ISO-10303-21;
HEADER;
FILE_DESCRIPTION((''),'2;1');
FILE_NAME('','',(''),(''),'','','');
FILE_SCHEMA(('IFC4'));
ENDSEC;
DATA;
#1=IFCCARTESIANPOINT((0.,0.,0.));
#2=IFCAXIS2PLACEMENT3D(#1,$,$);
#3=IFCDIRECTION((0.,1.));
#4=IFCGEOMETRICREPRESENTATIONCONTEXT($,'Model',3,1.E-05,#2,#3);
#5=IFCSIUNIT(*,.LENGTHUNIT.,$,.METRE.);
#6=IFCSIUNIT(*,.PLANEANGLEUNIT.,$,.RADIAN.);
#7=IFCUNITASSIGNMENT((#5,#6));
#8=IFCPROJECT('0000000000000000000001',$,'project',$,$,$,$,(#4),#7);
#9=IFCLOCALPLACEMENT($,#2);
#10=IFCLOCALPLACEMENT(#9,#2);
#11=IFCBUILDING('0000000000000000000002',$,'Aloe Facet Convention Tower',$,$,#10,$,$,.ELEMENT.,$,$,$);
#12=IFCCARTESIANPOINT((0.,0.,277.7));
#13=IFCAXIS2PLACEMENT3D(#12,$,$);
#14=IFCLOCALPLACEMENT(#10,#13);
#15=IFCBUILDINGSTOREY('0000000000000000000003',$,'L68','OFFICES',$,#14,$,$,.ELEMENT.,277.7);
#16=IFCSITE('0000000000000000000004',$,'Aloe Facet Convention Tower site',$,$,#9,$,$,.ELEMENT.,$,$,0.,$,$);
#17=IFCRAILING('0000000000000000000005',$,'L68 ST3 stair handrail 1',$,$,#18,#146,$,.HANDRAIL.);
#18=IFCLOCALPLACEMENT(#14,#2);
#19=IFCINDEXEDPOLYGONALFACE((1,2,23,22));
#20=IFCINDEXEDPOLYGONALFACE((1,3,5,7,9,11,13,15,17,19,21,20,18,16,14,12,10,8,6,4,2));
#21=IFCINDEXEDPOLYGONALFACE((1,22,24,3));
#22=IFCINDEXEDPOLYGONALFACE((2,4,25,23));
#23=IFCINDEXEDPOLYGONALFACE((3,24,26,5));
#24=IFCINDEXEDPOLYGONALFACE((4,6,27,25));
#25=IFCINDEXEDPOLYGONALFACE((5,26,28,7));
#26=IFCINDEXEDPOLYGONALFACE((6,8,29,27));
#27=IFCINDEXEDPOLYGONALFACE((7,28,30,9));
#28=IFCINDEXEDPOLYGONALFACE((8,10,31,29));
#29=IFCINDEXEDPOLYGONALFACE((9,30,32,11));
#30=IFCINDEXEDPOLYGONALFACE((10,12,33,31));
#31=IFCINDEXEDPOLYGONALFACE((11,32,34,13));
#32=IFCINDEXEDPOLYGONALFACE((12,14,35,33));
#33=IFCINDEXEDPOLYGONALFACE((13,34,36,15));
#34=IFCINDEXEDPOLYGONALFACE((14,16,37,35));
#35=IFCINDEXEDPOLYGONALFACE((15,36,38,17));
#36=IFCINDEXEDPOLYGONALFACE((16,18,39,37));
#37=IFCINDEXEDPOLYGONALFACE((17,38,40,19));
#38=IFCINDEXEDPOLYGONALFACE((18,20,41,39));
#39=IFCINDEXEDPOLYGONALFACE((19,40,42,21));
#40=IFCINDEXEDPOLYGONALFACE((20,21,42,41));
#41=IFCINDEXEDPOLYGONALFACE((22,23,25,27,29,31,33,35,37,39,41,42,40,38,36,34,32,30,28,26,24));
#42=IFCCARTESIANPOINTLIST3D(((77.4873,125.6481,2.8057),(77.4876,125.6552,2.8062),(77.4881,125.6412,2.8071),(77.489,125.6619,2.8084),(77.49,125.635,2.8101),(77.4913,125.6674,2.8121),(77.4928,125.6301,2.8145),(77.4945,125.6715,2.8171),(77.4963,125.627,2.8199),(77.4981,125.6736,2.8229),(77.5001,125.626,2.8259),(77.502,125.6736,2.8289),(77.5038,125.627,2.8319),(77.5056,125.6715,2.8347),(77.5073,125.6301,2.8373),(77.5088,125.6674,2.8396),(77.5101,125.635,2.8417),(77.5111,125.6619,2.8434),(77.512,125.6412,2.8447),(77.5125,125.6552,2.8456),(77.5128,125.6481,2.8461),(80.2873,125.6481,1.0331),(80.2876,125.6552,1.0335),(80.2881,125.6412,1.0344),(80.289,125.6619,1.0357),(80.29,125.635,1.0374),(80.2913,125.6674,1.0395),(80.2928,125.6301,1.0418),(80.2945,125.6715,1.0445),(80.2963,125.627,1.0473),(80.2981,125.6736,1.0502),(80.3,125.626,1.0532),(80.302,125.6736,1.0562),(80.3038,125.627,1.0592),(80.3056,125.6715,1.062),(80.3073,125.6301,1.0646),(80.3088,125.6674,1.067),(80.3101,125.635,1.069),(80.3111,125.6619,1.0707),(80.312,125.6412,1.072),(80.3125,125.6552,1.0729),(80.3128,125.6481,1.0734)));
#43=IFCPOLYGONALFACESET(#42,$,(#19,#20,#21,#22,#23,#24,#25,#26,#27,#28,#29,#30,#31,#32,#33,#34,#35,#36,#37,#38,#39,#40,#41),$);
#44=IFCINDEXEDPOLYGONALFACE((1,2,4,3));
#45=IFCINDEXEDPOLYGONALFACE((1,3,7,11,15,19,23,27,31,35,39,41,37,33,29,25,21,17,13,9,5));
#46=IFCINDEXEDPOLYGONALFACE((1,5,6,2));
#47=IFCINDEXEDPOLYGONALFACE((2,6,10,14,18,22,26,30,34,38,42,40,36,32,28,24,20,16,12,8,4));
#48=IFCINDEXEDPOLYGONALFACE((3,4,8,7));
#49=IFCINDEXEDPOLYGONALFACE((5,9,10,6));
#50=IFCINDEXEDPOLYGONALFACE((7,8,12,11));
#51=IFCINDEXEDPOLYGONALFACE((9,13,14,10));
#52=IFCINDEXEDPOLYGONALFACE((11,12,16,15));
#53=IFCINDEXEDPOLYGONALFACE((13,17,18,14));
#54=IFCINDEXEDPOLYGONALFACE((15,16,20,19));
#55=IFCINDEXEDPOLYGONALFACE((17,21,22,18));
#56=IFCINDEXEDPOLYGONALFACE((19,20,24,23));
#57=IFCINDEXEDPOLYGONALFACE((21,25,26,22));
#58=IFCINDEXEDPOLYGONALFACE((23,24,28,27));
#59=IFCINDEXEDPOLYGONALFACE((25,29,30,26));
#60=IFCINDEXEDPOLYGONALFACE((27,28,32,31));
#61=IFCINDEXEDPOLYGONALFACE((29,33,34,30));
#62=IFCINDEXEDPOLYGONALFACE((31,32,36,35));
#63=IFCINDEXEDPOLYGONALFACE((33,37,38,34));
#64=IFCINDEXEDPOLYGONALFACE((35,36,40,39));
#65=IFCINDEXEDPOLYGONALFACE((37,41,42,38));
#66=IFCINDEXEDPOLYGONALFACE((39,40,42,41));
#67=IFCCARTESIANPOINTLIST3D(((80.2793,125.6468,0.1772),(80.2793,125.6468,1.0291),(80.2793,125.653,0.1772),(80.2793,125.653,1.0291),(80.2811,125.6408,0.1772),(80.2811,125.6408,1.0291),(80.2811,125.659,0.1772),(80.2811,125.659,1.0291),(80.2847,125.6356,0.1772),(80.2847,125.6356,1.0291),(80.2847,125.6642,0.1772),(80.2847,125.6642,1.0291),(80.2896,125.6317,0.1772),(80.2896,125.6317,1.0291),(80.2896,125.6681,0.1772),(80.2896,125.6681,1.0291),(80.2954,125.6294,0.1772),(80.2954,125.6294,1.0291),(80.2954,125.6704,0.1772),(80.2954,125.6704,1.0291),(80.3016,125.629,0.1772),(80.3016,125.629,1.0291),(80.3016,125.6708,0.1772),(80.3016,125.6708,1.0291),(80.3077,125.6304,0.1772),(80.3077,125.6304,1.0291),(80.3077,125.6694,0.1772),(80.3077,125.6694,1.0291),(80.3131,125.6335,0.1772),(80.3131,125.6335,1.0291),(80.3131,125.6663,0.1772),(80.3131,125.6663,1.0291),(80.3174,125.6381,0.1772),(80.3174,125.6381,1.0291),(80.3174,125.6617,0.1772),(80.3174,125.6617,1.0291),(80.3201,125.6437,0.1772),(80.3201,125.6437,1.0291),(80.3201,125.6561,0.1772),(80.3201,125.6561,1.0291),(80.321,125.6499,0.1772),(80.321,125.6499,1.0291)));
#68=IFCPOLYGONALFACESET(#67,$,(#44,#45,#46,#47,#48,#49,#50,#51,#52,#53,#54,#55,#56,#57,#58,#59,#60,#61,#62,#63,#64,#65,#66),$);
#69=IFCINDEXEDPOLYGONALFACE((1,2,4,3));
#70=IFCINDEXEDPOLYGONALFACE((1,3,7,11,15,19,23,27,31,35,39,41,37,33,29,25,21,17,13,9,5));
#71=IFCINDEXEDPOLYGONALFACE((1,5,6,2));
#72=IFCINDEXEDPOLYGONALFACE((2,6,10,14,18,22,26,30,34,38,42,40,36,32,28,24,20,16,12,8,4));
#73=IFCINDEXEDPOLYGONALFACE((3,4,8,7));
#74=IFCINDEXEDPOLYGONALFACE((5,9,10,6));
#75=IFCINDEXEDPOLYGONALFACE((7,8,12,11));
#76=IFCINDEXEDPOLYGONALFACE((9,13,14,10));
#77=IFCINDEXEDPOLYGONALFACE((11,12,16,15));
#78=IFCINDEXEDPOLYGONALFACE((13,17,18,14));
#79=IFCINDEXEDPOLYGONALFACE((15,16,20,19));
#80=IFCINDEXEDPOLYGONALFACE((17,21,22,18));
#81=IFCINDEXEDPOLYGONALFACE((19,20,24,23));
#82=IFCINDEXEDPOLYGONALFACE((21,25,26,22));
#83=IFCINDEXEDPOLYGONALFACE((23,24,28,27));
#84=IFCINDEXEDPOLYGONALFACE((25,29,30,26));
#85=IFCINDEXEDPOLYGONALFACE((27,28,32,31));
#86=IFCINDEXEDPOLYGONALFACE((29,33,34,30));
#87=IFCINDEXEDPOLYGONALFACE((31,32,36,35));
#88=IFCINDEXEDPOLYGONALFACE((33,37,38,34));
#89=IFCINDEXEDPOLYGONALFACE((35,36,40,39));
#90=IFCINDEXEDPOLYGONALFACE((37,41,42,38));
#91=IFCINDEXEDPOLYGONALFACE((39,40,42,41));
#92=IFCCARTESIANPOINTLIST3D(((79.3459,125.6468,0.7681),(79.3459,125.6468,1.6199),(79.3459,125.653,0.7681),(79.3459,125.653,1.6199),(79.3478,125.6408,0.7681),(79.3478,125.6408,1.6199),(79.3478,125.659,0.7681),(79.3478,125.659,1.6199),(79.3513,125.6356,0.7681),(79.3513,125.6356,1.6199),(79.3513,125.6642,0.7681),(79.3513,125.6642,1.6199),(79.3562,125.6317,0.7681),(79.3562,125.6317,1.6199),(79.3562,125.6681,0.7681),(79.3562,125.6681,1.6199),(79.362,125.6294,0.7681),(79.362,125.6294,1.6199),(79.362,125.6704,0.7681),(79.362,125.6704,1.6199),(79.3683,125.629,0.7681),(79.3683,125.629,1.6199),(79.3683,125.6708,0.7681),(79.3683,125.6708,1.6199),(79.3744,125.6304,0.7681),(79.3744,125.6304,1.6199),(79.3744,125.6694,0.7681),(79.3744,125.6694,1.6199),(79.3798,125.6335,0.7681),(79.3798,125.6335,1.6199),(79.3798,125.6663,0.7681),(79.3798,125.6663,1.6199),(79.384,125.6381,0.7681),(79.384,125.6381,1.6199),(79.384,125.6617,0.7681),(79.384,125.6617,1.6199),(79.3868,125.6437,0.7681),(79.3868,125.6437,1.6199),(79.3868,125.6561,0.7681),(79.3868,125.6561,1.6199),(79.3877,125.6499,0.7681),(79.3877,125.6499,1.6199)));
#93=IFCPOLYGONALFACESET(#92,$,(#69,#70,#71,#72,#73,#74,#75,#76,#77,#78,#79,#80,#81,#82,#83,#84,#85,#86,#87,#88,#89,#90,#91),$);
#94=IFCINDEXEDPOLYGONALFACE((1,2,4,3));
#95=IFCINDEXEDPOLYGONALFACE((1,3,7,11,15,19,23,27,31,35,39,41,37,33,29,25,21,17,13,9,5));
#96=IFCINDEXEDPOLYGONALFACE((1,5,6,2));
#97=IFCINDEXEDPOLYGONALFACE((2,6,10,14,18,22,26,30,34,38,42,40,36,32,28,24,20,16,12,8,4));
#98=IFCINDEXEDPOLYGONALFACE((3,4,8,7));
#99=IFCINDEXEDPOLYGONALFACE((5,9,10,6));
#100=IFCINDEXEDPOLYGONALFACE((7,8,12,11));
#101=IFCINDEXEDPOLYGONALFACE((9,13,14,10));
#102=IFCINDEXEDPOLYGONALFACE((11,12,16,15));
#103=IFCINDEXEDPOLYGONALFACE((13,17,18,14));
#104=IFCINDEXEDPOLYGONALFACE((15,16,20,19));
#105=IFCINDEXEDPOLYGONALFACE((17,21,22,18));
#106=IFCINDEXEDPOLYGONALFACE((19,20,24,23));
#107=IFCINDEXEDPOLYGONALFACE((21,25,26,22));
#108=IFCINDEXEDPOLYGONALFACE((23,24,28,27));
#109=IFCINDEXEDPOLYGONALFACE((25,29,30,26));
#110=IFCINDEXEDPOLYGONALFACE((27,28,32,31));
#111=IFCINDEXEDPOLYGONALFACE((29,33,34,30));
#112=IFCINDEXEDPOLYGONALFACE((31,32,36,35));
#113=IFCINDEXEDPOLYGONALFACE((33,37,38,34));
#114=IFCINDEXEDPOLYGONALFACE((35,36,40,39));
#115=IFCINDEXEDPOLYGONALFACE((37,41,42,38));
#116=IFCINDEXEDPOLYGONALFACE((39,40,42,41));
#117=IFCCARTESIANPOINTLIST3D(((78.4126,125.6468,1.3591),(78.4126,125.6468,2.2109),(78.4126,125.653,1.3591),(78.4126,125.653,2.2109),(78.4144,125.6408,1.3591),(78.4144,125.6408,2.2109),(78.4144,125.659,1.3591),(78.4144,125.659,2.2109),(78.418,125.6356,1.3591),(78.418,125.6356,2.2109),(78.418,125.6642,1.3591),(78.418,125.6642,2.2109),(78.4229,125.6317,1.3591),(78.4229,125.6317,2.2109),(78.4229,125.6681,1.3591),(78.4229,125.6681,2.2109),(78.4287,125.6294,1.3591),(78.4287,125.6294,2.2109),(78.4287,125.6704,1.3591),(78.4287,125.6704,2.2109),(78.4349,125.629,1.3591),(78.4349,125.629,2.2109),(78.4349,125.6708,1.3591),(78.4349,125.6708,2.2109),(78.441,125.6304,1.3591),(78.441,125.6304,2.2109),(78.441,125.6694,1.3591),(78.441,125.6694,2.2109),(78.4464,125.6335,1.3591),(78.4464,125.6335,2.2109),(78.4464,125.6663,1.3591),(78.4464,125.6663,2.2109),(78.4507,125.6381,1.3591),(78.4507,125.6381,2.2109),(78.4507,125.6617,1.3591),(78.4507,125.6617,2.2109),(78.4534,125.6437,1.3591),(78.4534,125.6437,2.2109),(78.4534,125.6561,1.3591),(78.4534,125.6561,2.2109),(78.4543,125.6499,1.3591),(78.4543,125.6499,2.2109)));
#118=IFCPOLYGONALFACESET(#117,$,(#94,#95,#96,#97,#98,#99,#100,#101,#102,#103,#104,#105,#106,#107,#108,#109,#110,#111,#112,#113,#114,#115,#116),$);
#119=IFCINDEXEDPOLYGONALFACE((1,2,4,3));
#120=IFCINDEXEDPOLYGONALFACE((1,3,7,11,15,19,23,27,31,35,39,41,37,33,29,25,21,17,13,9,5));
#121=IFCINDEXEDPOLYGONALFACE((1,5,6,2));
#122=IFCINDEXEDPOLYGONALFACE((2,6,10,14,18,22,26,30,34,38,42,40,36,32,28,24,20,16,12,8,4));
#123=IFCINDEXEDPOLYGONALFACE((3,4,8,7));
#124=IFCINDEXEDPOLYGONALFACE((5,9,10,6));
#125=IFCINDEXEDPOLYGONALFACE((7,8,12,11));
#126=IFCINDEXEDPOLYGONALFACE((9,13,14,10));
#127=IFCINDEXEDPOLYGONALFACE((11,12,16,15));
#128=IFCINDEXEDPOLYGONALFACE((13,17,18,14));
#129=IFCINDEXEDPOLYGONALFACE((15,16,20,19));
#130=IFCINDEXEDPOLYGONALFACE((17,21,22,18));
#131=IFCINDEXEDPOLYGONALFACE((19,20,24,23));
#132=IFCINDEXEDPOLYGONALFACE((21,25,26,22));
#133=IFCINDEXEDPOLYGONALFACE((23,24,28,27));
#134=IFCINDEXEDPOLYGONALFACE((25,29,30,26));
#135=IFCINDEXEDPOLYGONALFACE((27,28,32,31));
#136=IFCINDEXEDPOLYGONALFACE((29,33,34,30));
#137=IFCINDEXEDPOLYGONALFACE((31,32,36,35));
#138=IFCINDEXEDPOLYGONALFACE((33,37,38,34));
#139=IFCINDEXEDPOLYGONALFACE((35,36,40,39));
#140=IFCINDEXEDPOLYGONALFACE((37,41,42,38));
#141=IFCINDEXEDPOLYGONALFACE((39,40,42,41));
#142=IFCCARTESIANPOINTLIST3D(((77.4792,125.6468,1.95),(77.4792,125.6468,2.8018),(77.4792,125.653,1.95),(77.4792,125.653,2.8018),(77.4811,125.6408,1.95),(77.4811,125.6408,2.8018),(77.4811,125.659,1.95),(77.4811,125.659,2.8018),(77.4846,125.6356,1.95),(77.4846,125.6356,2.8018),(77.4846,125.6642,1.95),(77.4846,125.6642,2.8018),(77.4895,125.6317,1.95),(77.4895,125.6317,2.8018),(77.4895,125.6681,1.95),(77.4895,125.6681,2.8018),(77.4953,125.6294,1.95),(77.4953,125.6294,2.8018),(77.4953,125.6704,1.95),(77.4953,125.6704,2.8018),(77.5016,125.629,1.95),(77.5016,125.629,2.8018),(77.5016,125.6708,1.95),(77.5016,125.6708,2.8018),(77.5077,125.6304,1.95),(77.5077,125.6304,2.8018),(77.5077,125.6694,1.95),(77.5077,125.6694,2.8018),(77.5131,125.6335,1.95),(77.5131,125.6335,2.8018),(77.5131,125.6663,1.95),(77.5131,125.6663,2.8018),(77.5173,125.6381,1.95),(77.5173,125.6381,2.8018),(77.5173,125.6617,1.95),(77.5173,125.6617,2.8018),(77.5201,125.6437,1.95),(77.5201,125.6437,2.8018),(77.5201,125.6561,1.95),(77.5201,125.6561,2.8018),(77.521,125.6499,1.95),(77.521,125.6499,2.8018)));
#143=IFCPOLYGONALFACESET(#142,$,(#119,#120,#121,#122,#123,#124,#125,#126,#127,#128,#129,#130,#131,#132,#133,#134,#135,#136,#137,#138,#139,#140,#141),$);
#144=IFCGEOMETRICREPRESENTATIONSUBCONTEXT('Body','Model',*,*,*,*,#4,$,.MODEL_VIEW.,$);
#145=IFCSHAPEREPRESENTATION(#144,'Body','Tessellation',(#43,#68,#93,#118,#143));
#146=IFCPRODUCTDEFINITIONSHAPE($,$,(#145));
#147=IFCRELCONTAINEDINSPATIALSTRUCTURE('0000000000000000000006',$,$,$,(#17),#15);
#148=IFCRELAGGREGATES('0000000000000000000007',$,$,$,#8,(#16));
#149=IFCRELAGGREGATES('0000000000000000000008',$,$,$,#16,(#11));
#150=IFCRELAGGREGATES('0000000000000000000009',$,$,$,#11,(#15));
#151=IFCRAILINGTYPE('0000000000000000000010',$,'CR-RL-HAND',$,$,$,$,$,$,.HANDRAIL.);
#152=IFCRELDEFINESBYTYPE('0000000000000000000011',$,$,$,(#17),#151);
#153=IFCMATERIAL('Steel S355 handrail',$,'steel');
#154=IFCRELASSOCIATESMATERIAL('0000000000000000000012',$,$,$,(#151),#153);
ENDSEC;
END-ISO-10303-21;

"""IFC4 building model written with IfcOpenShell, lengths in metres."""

from ifc_helpers import new_model, si_unit, direction, frame, origin, origin_2d, place, context, subcontext, project, spatial, circle, extrude, material, type_object, element, save


model = new_model("IFC4")

# Units and contexts
model_context = context("Model", 3, precision=1e-05, world=origin(), true_north=direction((0.0, 1.0)))
body_context = subcontext(model_context, "Body", "Model", "MODEL_VIEW")
ifc_project = project(units=[si_unit("LENGTHUNIT", "METRE"), si_unit("PLANEANGLEUNIT", "RADIAN")], contexts=[model_context])

# Site, building, storey
site_placement = place(None, origin())
site = spatial("IfcSite", under=ifc_project, at=site_placement, Name="Aloe Facet Convention Tower site", CompositionType="ELEMENT", RefElevation=0.0)
building_placement = place(site_placement, origin())
building = spatial("IfcBuilding", under=site, at=building_placement, Name="Aloe Facet Convention Tower", CompositionType="ELEMENT")
storey_placement = place(building_placement, frame((0.0, 0.0, 277.7)))
storey = spatial("IfcBuildingStorey", under=building, at=storey_placement, Name="L68", Description="OFFICES", CompositionType="ELEMENT", Elevation=277.7)

# Railing
ifc_material_1 = material(Name="Steel S355 handrail", Category="steel")
railing_type_1 = type_object("IfcRailingType", Name="CR-RL-HAND", PredefinedType="HANDRAIL", material=ifc_material_1)
railing_1_placement = place(storey_placement, frame((80.3, 125.6499, 0.1772)))
element("IfcRailing", 1, at=railing_1_placement, inside=storey, type_object=railing_type_1, Name="L68 ST3 stair handrail 1", PredefinedType="HANDRAIL", context=body_context, shape_type="SweptSolid", body=[
    extrude(circle(Radius=0.0239, at=origin_2d()), frame((0.0, 0.0, 0.876), z_axis=(-0.844909, 0.0, 0.53491), x_axis=(0.0, -1.0, 0.0)), (0.0, 0.0, 1.0), 3.314),
    extrude(circle(Radius=0.021, at=origin_2d()), origin(), (0.0, 0.0, 1.0), 0.8518),
    extrude(circle(Radius=0.021, at=origin_2d()), frame((-0.9333, 0.0, 0.5908)), (0.0, 0.0, 1.0), 0.8518),
    extrude(circle(Radius=0.021, at=origin_2d()), frame((-1.8667, 0.0, 1.1819)), (0.0, 0.0, 1.0), 0.8518),
    extrude(circle(Radius=0.021, at=origin_2d()), frame((-2.8, 0.0, 1.7727)), (0.0, 0.0, 1.0), 0.8518),
])

save(model, "model.ifc")
